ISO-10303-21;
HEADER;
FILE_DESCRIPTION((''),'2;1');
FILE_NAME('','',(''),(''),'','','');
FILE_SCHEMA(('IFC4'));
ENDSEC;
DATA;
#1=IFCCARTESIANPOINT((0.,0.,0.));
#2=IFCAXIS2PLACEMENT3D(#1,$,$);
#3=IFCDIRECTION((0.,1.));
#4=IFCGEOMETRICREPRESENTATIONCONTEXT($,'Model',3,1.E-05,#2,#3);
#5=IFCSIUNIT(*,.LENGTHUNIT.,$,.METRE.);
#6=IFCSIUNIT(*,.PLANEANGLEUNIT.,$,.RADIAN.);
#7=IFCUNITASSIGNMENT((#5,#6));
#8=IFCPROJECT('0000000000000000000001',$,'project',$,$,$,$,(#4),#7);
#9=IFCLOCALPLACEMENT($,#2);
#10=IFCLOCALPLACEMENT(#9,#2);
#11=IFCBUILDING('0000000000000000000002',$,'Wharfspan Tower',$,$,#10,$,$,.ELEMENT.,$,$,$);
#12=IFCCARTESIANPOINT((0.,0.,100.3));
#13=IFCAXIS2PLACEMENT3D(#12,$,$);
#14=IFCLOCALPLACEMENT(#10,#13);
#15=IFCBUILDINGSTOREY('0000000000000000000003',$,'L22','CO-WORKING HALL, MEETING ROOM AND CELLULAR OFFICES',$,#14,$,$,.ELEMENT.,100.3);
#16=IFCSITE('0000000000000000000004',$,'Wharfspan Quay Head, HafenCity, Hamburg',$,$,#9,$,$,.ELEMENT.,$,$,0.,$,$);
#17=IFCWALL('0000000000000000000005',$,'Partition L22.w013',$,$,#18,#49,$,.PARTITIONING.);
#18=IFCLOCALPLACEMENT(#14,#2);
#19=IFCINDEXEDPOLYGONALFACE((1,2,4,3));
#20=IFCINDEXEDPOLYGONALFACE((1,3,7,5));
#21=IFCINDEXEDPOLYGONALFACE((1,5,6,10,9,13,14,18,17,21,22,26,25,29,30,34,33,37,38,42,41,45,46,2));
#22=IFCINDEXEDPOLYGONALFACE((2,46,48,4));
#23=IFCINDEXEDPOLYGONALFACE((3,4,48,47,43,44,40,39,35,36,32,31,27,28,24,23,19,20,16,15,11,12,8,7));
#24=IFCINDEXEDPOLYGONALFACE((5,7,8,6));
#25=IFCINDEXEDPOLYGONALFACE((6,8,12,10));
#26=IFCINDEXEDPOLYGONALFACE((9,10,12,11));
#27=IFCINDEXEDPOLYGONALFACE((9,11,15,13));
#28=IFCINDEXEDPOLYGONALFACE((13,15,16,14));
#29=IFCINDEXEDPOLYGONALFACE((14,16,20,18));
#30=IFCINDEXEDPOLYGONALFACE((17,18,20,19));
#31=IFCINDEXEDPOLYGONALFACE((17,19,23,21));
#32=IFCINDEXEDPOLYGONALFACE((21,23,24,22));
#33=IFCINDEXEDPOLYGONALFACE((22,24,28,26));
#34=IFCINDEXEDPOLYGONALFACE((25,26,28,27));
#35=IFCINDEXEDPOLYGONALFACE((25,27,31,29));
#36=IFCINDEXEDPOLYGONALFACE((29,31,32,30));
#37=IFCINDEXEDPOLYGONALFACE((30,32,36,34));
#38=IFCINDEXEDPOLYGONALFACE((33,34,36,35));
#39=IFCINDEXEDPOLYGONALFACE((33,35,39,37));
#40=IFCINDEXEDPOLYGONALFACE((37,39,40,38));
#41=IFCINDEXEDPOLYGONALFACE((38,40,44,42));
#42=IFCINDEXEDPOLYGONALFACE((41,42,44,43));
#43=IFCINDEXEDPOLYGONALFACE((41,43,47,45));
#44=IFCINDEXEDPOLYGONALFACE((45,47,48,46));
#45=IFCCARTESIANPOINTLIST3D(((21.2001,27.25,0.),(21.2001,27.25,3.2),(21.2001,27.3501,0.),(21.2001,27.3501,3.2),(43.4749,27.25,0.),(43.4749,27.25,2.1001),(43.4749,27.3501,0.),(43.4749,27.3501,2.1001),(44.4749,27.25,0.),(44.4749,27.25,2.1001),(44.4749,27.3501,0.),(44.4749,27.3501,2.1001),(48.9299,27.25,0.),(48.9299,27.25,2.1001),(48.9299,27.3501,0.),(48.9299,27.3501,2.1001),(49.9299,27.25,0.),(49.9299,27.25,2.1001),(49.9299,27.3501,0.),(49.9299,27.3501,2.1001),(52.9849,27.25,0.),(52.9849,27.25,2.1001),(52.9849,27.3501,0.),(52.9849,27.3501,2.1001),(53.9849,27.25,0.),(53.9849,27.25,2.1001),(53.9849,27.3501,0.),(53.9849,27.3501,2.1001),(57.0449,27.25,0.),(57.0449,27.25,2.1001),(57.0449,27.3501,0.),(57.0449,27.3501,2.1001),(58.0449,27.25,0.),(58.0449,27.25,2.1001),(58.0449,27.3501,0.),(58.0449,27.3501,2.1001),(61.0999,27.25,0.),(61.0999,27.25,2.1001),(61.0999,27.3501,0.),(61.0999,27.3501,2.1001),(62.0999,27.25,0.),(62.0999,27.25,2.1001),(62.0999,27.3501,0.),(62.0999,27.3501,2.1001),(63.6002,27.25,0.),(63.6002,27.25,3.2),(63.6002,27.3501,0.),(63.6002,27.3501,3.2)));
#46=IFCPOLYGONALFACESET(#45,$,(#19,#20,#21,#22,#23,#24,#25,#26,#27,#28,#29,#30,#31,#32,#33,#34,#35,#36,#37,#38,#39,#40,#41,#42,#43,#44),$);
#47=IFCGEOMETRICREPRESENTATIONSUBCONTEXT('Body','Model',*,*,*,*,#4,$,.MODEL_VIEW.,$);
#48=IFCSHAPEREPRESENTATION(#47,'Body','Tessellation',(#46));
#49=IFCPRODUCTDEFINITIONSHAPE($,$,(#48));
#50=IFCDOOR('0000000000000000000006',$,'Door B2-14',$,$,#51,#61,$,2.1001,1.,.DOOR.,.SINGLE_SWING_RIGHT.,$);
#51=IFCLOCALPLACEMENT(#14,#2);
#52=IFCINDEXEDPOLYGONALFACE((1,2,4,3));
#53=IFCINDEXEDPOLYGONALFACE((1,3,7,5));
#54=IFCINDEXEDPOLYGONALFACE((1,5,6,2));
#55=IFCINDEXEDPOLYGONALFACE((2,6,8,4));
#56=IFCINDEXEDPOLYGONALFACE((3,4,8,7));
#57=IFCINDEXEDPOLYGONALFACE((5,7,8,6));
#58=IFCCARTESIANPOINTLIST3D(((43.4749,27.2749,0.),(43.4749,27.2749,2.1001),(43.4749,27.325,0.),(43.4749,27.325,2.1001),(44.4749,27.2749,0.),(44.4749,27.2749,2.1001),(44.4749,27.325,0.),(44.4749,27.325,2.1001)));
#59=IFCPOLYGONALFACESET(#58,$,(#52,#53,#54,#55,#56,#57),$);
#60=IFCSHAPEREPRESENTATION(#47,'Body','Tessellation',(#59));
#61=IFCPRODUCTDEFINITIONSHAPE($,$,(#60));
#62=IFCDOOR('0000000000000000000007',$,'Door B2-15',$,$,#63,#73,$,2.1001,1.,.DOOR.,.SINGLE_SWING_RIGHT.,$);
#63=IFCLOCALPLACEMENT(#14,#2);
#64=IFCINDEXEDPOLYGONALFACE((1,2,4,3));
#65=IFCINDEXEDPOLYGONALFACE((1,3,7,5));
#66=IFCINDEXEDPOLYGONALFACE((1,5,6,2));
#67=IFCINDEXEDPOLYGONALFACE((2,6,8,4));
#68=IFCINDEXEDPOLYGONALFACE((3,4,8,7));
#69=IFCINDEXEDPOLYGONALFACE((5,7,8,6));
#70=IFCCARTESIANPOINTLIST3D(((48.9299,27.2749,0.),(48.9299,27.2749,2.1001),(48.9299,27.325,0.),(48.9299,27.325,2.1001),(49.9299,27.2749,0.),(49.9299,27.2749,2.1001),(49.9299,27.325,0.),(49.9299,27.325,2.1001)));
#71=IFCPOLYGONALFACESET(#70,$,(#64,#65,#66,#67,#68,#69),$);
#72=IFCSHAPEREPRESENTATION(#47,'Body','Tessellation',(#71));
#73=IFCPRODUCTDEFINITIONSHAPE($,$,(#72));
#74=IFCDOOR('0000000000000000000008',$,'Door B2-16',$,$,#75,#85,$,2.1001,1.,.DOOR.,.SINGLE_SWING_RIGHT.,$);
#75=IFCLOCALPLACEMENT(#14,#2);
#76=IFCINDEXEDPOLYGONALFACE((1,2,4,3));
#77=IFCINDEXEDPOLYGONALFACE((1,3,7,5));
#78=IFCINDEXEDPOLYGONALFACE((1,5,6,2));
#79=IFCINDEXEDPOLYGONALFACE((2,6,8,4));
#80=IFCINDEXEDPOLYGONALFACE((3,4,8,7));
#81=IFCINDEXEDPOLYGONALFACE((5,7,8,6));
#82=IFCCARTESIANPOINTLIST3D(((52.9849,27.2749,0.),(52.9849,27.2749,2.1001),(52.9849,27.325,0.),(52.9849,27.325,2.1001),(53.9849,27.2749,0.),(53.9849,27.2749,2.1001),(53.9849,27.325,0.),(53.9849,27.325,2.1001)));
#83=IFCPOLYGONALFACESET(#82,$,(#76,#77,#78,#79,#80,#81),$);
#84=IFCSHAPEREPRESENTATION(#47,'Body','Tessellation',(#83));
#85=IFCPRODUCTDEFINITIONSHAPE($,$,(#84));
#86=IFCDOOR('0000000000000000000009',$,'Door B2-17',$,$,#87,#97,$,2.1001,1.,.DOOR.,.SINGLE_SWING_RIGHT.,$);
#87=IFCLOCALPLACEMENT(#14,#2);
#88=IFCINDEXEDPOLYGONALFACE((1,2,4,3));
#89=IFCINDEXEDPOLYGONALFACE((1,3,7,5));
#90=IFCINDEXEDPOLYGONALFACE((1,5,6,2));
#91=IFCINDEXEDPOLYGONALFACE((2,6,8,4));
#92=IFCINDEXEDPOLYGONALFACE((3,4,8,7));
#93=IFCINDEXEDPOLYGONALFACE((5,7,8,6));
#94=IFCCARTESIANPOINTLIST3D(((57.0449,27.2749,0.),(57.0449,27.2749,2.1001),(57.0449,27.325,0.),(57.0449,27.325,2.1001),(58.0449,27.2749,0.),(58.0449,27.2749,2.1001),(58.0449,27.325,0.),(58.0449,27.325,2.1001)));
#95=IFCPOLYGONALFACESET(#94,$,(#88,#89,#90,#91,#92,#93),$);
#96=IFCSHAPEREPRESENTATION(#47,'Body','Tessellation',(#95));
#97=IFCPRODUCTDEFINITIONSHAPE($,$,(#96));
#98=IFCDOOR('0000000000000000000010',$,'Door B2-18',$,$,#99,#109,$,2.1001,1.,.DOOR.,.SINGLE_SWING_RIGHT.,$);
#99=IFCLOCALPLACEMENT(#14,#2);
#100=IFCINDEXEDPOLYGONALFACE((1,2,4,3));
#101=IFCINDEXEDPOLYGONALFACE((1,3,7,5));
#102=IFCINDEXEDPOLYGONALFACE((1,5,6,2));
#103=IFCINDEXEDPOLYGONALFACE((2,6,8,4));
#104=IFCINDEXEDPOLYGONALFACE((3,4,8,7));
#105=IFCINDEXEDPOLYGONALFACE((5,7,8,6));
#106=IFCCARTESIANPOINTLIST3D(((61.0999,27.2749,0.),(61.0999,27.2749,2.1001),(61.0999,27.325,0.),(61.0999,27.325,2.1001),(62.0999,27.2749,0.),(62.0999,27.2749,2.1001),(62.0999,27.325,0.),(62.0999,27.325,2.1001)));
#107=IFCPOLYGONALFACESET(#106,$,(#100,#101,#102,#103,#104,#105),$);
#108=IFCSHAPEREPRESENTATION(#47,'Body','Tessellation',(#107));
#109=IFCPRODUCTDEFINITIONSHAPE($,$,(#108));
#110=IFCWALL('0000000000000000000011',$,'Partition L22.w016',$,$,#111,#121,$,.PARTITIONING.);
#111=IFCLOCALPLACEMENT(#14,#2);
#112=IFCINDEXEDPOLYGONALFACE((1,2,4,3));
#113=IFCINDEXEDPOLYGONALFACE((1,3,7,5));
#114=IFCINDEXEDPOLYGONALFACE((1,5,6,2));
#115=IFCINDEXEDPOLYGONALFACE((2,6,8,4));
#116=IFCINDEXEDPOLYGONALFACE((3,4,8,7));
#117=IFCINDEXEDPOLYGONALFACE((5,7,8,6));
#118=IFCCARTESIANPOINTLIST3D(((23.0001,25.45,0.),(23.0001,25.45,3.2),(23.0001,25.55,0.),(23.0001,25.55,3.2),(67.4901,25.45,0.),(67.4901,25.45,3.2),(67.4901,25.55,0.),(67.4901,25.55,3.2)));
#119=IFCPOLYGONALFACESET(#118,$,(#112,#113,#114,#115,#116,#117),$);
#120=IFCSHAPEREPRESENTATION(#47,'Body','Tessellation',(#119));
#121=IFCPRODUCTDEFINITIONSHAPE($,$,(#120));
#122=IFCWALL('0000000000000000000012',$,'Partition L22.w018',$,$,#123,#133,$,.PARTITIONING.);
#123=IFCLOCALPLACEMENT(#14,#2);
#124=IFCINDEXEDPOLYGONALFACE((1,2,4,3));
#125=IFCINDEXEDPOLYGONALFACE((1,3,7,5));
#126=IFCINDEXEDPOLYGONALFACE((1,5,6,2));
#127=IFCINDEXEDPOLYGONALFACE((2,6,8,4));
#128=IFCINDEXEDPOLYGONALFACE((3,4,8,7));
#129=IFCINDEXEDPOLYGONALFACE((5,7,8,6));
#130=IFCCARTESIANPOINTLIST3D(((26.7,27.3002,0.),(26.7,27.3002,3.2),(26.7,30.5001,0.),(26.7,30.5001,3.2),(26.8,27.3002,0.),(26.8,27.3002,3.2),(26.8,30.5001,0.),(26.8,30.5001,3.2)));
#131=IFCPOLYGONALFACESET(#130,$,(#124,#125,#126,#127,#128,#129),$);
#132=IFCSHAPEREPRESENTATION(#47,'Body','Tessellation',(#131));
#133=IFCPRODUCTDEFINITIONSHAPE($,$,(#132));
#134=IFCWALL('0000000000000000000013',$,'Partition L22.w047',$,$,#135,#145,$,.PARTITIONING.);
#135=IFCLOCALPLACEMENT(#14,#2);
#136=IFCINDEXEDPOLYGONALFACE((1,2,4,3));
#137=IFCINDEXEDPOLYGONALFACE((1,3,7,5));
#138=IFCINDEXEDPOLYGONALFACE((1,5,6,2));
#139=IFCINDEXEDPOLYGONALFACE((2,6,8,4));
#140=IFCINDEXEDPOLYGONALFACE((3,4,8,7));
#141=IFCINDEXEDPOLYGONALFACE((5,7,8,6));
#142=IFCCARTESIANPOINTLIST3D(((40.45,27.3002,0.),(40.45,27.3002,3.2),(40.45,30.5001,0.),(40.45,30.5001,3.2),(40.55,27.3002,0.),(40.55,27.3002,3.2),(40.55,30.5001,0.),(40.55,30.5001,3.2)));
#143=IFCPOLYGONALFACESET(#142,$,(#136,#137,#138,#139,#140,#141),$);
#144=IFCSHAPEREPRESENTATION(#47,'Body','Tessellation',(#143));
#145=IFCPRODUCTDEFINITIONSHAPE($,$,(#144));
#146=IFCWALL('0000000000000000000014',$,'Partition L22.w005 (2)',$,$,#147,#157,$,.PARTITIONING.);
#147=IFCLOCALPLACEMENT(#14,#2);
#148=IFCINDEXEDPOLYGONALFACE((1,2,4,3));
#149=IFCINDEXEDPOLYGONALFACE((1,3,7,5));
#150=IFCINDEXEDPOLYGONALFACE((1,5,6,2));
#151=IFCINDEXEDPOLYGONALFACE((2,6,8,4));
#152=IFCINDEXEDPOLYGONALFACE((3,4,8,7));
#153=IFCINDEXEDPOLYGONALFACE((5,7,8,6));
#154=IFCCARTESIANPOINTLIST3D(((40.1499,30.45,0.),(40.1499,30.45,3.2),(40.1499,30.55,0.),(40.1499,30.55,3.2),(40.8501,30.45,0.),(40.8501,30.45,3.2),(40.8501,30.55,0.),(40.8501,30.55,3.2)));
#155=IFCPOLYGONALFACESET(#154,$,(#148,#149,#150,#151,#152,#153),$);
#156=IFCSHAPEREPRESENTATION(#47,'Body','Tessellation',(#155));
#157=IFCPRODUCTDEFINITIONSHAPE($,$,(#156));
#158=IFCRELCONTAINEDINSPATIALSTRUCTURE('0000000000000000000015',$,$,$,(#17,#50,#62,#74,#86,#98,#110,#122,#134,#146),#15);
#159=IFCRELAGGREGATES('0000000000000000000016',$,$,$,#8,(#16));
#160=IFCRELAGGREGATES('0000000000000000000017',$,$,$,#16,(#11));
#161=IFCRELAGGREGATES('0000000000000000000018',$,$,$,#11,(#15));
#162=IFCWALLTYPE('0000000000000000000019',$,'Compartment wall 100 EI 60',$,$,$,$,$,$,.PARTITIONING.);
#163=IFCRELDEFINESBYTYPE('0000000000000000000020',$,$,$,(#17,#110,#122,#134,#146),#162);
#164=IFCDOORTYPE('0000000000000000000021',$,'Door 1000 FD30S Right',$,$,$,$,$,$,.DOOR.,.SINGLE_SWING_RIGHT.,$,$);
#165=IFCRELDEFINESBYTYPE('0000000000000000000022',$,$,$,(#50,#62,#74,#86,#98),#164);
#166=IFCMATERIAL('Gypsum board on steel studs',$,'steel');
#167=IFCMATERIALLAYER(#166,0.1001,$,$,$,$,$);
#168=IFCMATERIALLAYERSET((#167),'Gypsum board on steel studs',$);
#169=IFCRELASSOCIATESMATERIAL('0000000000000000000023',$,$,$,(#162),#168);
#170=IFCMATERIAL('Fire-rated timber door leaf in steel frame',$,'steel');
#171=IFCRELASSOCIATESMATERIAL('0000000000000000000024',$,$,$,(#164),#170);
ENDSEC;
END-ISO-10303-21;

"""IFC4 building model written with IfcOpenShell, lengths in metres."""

from ifc_helpers import new_model, si_unit, direction, frame, frame_2d, origin, place, context, subcontext, project, spatial, rectangle, extrude, material, layer, layer_set, type_object, element, fill, save


model = new_model("IFC4")

# Units and contexts
model_context = context("Model", 3, precision=1e-05, world=origin(), true_north=direction((0.0, 1.0)))
body_context = subcontext(model_context, "Body", "Model", "MODEL_VIEW")
ifc_project = project(units=[si_unit("LENGTHUNIT", "METRE"), si_unit("PLANEANGLEUNIT", "RADIAN")], contexts=[model_context])

# Site, building, storey
site_placement = place(None, origin())
site = spatial("IfcSite", under=ifc_project, at=site_placement, Name="Wharfspan Quay Head, HafenCity, Hamburg", CompositionType="ELEMENT", RefElevation=0.0)
building_placement = place(site_placement, origin())
building = spatial("IfcBuilding", under=site, at=building_placement, Name="Wharfspan Tower", CompositionType="ELEMENT")
storey_placement = place(building_placement, frame((0.0, 0.0, 100.3)))
storey = spatial("IfcBuildingStorey", under=building, at=storey_placement, Name="L22", Description="CO-WORKING HALL, MEETING ROOM AND CELLULAR OFFICES", CompositionType="ELEMENT", Elevation=100.3)

# Wall, openings, doors
ifc_material_1 = material(Name="Gypsum board on steel studs", Category="steel")
ifc_layer_1 = layer(ifc_material_1, 0.1001)
ifc_layer_set_1 = layer_set([ifc_layer_1], Name="Gypsum board on steel studs")
wall_type_1 = type_object("IfcWallType", Name="Compartment wall 100 EI 60", PredefinedType="PARTITIONING", material=ifc_layer_set_1)
wall_1_placement = place(storey_placement, frame((21.2, 27.3, 0.0), z_axis=(0.0, 0.0, 1.0), x_axis=(1.0, 0.0, 0.0)))
wall_1 = element("IfcWall", 1, at=wall_1_placement, inside=storey, type_object=wall_type_1, Name="Partition L22.w013", PredefinedType="PARTITIONING", context=body_context, shape_type="SweptSolid", body=[
    extrude(rectangle(XDim=42.4001, YDim=0.1001, at=frame_2d((21.2002, 0.0))), origin(), (0.0, 0.0, 1.0), 3.2),
])
opening_1_placement = place(wall_1_placement, frame((22.2749, 0.0, 0.0)))
opening_1 = element("IfcOpeningElement", 2, at=opening_1_placement, cuts=wall_1, PredefinedType="OPENING", context=body_context, shape_type="SweptSolid", body=[
    extrude(rectangle(XDim=1.0, YDim=2.1001, at=frame_2d((0.5, 1.05))), frame((0.0, 0.0601, 0.0), z_axis=(0.0, -1.0, 0.0), x_axis=(1.0, 0.0, 0.0)), (0.0, 0.0, 1.0), 0.1201),
])
opening_2_placement = place(wall_1_placement, frame((27.73, 0.0, 0.0)))
opening_2 = element("IfcOpeningElement", 3, at=opening_2_placement, cuts=wall_1, PredefinedType="OPENING", context=body_context, shape_type="SweptSolid", body=[
    extrude(rectangle(XDim=1.0, YDim=2.1001, at=frame_2d((0.5, 1.05))), frame((0.0, 0.0601, 0.0), z_axis=(0.0, -1.0, 0.0), x_axis=(1.0, 0.0, 0.0)), (0.0, 0.0, 1.0), 0.1201),
])
opening_3_placement = place(wall_1_placement, frame((31.7849, 0.0, 0.0)))
opening_3 = element("IfcOpeningElement", 4, at=opening_3_placement, cuts=wall_1, PredefinedType="OPENING", context=body_context, shape_type="SweptSolid", body=[
    extrude(rectangle(XDim=1.0, YDim=2.1001, at=frame_2d((0.5, 1.05))), frame((0.0, 0.0601, 0.0), z_axis=(0.0, -1.0, 0.0), x_axis=(1.0, 0.0, 0.0)), (0.0, 0.0, 1.0), 0.1201),
])
opening_4_placement = place(wall_1_placement, frame((35.845, 0.0, 0.0)))
opening_4 = element("IfcOpeningElement", 5, at=opening_4_placement, cuts=wall_1, PredefinedType="OPENING", context=body_context, shape_type="SweptSolid", body=[
    extrude(rectangle(XDim=1.0, YDim=2.1001, at=frame_2d((0.5, 1.05))), frame((0.0, 0.0601, 0.0), z_axis=(0.0, -1.0, 0.0), x_axis=(1.0, 0.0, 0.0)), (0.0, 0.0, 1.0), 0.1201),
])
opening_5_placement = place(wall_1_placement, frame((39.8999, 0.0, 0.0)))
opening_5 = element("IfcOpeningElement", 6, at=opening_5_placement, cuts=wall_1, PredefinedType="OPENING", context=body_context, shape_type="SweptSolid", body=[
    extrude(rectangle(XDim=1.0, YDim=2.1001, at=frame_2d((0.5, 1.05))), frame((0.0, 0.0601, 0.0), z_axis=(0.0, -1.0, 0.0), x_axis=(1.0, 0.0, 0.0)), (0.0, 0.0, 1.0), 0.1201),
])
ifc_material_2 = material(Name="Fire-rated timber door leaf in steel frame", Category="steel")
door_type_1 = type_object("IfcDoorType", Name="Door 1000 FD30S Right", OperationType="SINGLE_SWING_RIGHT", PredefinedType="DOOR", material=ifc_material_2)
door_1_placement = place(opening_1_placement, origin())
door_1 = element("IfcDoor", 7, at=door_1_placement, inside=storey, type_object=door_type_1, Name="Door B2-14", OperationType="SINGLE_SWING_RIGHT", OverallHeight=2.1001, OverallWidth=1.0, PredefinedType="DOOR", context=body_context, shape_type="SweptSolid", body=[
    extrude(rectangle(XDim=1.0, YDim=2.1001, at=frame_2d((0.5, 1.05))), frame((0.0, 0.0249, 0.0), z_axis=(0.0, -1.0, 0.0), x_axis=(1.0, 0.0, 0.0)), (0.0, 0.0, 1.0), 0.05),
])
fill(opening_1, door_1)
door_2_placement = place(opening_2_placement, origin())
door_2 = element("IfcDoor", 8, at=door_2_placement, inside=storey, type_object=door_type_1, Name="Door B2-15", OperationType="SINGLE_SWING_RIGHT", OverallHeight=2.1001, OverallWidth=1.0, PredefinedType="DOOR", context=body_context, shape_type="SweptSolid", body=[
    extrude(rectangle(XDim=1.0, YDim=2.1001, at=frame_2d((0.5, 1.05))), frame((0.0, 0.0249, 0.0), z_axis=(0.0, -1.0, 0.0), x_axis=(1.0, 0.0, 0.0)), (0.0, 0.0, 1.0), 0.05),
])
fill(opening_2, door_2)
door_3_placement = place(opening_3_placement, origin())
door_3 = element("IfcDoor", 9, at=door_3_placement, inside=storey, type_object=door_type_1, Name="Door B2-16", OperationType="SINGLE_SWING_RIGHT", OverallHeight=2.1001, OverallWidth=1.0, PredefinedType="DOOR", context=body_context, shape_type="SweptSolid", body=[
    extrude(rectangle(XDim=1.0, YDim=2.1001, at=frame_2d((0.5, 1.05))), frame((0.0, 0.0249, 0.0), z_axis=(0.0, -1.0, 0.0), x_axis=(1.0, 0.0, 0.0)), (0.0, 0.0, 1.0), 0.05),
])
fill(opening_3, door_3)
door_4_placement = place(opening_4_placement, origin())
door_4 = element("IfcDoor", 10, at=door_4_placement, inside=storey, type_object=door_type_1, Name="Door B2-17", OperationType="SINGLE_SWING_RIGHT", OverallHeight=2.1001, OverallWidth=1.0, PredefinedType="DOOR", context=body_context, shape_type="SweptSolid", body=[
    extrude(rectangle(XDim=1.0, YDim=2.1001, at=frame_2d((0.5, 1.05))), frame((0.0, 0.0249, 0.0), z_axis=(0.0, -1.0, 0.0), x_axis=(1.0, 0.0, 0.0)), (0.0, 0.0, 1.0), 0.05),
])
fill(opening_4, door_4)
door_5_placement = place(opening_5_placement, origin())
door_5 = element("IfcDoor", 11, at=door_5_placement, inside=storey, type_object=door_type_1, Name="Door B2-18", OperationType="SINGLE_SWING_RIGHT", OverallHeight=2.1001, OverallWidth=1.0, PredefinedType="DOOR", context=body_context, shape_type="SweptSolid", body=[
    extrude(rectangle(XDim=1.0, YDim=2.1001, at=frame_2d((0.5, 1.05))), frame((0.0, 0.0249, 0.0), z_axis=(0.0, -1.0, 0.0), x_axis=(1.0, 0.0, 0.0)), (0.0, 0.0, 1.0), 0.05),
])
fill(opening_5, door_5)

# Walls
wall_2_placement = place(storey_placement, frame((23.0, 25.5, 0.0), z_axis=(0.0, 0.0, 1.0), x_axis=(1.0, 0.0, 0.0)))
element("IfcWall", 12, at=wall_2_placement, inside=storey, type_object=wall_type_1, Name="Partition L22.w016", PredefinedType="PARTITIONING", context=body_context, shape_type="SweptSolid", body=[
    extrude(rectangle(XDim=44.49, YDim=0.1001, at=frame_2d((22.2451, 0.0))), origin(), (0.0, 0.0, 1.0), 3.2),
])
for number, where, z_axis, x_axis, name in (
    (13, (26.75, 27.3, 0.0), (0.0, 0.0, 1.0), (0.0, 1.0, 0.0), "Partition L22.w018"),
    (14, (40.5, 27.3, 0.0), (0.0, 0.0, 1.0), (0.0, 1.0, 0.0), "Partition L22.w047"),
):
    element("IfcWall", number, at=place(storey_placement, frame(where, z_axis=z_axis, x_axis=x_axis)), inside=storey, type_object=wall_type_1, Name=name, PredefinedType="PARTITIONING", context=body_context, shape_type="SweptSolid", body=[
        extrude(rectangle(XDim=3.2, YDim=0.1001, at=frame_2d((1.6001, 0.0))), origin(), (0.0, 0.0, 1.0), 3.2),
    ])
wall_3_placement = place(storey_placement, frame((40.1499, 30.5, 0.0), z_axis=(0.0, 0.0, 1.0), x_axis=(1.0, 0.0, 0.0)))
element("IfcWall", 15, at=wall_3_placement, inside=storey, type_object=wall_type_1, Name="Partition L22.w005 (2)", PredefinedType="PARTITIONING", context=body_context, shape_type="SweptSolid", body=[
    extrude(rectangle(XDim=0.7002, YDim=0.1001, at=frame_2d((0.3501, 0.0))), origin(), (0.0, 0.0, 1.0), 3.2),
])

save(model, "model.ifc")
